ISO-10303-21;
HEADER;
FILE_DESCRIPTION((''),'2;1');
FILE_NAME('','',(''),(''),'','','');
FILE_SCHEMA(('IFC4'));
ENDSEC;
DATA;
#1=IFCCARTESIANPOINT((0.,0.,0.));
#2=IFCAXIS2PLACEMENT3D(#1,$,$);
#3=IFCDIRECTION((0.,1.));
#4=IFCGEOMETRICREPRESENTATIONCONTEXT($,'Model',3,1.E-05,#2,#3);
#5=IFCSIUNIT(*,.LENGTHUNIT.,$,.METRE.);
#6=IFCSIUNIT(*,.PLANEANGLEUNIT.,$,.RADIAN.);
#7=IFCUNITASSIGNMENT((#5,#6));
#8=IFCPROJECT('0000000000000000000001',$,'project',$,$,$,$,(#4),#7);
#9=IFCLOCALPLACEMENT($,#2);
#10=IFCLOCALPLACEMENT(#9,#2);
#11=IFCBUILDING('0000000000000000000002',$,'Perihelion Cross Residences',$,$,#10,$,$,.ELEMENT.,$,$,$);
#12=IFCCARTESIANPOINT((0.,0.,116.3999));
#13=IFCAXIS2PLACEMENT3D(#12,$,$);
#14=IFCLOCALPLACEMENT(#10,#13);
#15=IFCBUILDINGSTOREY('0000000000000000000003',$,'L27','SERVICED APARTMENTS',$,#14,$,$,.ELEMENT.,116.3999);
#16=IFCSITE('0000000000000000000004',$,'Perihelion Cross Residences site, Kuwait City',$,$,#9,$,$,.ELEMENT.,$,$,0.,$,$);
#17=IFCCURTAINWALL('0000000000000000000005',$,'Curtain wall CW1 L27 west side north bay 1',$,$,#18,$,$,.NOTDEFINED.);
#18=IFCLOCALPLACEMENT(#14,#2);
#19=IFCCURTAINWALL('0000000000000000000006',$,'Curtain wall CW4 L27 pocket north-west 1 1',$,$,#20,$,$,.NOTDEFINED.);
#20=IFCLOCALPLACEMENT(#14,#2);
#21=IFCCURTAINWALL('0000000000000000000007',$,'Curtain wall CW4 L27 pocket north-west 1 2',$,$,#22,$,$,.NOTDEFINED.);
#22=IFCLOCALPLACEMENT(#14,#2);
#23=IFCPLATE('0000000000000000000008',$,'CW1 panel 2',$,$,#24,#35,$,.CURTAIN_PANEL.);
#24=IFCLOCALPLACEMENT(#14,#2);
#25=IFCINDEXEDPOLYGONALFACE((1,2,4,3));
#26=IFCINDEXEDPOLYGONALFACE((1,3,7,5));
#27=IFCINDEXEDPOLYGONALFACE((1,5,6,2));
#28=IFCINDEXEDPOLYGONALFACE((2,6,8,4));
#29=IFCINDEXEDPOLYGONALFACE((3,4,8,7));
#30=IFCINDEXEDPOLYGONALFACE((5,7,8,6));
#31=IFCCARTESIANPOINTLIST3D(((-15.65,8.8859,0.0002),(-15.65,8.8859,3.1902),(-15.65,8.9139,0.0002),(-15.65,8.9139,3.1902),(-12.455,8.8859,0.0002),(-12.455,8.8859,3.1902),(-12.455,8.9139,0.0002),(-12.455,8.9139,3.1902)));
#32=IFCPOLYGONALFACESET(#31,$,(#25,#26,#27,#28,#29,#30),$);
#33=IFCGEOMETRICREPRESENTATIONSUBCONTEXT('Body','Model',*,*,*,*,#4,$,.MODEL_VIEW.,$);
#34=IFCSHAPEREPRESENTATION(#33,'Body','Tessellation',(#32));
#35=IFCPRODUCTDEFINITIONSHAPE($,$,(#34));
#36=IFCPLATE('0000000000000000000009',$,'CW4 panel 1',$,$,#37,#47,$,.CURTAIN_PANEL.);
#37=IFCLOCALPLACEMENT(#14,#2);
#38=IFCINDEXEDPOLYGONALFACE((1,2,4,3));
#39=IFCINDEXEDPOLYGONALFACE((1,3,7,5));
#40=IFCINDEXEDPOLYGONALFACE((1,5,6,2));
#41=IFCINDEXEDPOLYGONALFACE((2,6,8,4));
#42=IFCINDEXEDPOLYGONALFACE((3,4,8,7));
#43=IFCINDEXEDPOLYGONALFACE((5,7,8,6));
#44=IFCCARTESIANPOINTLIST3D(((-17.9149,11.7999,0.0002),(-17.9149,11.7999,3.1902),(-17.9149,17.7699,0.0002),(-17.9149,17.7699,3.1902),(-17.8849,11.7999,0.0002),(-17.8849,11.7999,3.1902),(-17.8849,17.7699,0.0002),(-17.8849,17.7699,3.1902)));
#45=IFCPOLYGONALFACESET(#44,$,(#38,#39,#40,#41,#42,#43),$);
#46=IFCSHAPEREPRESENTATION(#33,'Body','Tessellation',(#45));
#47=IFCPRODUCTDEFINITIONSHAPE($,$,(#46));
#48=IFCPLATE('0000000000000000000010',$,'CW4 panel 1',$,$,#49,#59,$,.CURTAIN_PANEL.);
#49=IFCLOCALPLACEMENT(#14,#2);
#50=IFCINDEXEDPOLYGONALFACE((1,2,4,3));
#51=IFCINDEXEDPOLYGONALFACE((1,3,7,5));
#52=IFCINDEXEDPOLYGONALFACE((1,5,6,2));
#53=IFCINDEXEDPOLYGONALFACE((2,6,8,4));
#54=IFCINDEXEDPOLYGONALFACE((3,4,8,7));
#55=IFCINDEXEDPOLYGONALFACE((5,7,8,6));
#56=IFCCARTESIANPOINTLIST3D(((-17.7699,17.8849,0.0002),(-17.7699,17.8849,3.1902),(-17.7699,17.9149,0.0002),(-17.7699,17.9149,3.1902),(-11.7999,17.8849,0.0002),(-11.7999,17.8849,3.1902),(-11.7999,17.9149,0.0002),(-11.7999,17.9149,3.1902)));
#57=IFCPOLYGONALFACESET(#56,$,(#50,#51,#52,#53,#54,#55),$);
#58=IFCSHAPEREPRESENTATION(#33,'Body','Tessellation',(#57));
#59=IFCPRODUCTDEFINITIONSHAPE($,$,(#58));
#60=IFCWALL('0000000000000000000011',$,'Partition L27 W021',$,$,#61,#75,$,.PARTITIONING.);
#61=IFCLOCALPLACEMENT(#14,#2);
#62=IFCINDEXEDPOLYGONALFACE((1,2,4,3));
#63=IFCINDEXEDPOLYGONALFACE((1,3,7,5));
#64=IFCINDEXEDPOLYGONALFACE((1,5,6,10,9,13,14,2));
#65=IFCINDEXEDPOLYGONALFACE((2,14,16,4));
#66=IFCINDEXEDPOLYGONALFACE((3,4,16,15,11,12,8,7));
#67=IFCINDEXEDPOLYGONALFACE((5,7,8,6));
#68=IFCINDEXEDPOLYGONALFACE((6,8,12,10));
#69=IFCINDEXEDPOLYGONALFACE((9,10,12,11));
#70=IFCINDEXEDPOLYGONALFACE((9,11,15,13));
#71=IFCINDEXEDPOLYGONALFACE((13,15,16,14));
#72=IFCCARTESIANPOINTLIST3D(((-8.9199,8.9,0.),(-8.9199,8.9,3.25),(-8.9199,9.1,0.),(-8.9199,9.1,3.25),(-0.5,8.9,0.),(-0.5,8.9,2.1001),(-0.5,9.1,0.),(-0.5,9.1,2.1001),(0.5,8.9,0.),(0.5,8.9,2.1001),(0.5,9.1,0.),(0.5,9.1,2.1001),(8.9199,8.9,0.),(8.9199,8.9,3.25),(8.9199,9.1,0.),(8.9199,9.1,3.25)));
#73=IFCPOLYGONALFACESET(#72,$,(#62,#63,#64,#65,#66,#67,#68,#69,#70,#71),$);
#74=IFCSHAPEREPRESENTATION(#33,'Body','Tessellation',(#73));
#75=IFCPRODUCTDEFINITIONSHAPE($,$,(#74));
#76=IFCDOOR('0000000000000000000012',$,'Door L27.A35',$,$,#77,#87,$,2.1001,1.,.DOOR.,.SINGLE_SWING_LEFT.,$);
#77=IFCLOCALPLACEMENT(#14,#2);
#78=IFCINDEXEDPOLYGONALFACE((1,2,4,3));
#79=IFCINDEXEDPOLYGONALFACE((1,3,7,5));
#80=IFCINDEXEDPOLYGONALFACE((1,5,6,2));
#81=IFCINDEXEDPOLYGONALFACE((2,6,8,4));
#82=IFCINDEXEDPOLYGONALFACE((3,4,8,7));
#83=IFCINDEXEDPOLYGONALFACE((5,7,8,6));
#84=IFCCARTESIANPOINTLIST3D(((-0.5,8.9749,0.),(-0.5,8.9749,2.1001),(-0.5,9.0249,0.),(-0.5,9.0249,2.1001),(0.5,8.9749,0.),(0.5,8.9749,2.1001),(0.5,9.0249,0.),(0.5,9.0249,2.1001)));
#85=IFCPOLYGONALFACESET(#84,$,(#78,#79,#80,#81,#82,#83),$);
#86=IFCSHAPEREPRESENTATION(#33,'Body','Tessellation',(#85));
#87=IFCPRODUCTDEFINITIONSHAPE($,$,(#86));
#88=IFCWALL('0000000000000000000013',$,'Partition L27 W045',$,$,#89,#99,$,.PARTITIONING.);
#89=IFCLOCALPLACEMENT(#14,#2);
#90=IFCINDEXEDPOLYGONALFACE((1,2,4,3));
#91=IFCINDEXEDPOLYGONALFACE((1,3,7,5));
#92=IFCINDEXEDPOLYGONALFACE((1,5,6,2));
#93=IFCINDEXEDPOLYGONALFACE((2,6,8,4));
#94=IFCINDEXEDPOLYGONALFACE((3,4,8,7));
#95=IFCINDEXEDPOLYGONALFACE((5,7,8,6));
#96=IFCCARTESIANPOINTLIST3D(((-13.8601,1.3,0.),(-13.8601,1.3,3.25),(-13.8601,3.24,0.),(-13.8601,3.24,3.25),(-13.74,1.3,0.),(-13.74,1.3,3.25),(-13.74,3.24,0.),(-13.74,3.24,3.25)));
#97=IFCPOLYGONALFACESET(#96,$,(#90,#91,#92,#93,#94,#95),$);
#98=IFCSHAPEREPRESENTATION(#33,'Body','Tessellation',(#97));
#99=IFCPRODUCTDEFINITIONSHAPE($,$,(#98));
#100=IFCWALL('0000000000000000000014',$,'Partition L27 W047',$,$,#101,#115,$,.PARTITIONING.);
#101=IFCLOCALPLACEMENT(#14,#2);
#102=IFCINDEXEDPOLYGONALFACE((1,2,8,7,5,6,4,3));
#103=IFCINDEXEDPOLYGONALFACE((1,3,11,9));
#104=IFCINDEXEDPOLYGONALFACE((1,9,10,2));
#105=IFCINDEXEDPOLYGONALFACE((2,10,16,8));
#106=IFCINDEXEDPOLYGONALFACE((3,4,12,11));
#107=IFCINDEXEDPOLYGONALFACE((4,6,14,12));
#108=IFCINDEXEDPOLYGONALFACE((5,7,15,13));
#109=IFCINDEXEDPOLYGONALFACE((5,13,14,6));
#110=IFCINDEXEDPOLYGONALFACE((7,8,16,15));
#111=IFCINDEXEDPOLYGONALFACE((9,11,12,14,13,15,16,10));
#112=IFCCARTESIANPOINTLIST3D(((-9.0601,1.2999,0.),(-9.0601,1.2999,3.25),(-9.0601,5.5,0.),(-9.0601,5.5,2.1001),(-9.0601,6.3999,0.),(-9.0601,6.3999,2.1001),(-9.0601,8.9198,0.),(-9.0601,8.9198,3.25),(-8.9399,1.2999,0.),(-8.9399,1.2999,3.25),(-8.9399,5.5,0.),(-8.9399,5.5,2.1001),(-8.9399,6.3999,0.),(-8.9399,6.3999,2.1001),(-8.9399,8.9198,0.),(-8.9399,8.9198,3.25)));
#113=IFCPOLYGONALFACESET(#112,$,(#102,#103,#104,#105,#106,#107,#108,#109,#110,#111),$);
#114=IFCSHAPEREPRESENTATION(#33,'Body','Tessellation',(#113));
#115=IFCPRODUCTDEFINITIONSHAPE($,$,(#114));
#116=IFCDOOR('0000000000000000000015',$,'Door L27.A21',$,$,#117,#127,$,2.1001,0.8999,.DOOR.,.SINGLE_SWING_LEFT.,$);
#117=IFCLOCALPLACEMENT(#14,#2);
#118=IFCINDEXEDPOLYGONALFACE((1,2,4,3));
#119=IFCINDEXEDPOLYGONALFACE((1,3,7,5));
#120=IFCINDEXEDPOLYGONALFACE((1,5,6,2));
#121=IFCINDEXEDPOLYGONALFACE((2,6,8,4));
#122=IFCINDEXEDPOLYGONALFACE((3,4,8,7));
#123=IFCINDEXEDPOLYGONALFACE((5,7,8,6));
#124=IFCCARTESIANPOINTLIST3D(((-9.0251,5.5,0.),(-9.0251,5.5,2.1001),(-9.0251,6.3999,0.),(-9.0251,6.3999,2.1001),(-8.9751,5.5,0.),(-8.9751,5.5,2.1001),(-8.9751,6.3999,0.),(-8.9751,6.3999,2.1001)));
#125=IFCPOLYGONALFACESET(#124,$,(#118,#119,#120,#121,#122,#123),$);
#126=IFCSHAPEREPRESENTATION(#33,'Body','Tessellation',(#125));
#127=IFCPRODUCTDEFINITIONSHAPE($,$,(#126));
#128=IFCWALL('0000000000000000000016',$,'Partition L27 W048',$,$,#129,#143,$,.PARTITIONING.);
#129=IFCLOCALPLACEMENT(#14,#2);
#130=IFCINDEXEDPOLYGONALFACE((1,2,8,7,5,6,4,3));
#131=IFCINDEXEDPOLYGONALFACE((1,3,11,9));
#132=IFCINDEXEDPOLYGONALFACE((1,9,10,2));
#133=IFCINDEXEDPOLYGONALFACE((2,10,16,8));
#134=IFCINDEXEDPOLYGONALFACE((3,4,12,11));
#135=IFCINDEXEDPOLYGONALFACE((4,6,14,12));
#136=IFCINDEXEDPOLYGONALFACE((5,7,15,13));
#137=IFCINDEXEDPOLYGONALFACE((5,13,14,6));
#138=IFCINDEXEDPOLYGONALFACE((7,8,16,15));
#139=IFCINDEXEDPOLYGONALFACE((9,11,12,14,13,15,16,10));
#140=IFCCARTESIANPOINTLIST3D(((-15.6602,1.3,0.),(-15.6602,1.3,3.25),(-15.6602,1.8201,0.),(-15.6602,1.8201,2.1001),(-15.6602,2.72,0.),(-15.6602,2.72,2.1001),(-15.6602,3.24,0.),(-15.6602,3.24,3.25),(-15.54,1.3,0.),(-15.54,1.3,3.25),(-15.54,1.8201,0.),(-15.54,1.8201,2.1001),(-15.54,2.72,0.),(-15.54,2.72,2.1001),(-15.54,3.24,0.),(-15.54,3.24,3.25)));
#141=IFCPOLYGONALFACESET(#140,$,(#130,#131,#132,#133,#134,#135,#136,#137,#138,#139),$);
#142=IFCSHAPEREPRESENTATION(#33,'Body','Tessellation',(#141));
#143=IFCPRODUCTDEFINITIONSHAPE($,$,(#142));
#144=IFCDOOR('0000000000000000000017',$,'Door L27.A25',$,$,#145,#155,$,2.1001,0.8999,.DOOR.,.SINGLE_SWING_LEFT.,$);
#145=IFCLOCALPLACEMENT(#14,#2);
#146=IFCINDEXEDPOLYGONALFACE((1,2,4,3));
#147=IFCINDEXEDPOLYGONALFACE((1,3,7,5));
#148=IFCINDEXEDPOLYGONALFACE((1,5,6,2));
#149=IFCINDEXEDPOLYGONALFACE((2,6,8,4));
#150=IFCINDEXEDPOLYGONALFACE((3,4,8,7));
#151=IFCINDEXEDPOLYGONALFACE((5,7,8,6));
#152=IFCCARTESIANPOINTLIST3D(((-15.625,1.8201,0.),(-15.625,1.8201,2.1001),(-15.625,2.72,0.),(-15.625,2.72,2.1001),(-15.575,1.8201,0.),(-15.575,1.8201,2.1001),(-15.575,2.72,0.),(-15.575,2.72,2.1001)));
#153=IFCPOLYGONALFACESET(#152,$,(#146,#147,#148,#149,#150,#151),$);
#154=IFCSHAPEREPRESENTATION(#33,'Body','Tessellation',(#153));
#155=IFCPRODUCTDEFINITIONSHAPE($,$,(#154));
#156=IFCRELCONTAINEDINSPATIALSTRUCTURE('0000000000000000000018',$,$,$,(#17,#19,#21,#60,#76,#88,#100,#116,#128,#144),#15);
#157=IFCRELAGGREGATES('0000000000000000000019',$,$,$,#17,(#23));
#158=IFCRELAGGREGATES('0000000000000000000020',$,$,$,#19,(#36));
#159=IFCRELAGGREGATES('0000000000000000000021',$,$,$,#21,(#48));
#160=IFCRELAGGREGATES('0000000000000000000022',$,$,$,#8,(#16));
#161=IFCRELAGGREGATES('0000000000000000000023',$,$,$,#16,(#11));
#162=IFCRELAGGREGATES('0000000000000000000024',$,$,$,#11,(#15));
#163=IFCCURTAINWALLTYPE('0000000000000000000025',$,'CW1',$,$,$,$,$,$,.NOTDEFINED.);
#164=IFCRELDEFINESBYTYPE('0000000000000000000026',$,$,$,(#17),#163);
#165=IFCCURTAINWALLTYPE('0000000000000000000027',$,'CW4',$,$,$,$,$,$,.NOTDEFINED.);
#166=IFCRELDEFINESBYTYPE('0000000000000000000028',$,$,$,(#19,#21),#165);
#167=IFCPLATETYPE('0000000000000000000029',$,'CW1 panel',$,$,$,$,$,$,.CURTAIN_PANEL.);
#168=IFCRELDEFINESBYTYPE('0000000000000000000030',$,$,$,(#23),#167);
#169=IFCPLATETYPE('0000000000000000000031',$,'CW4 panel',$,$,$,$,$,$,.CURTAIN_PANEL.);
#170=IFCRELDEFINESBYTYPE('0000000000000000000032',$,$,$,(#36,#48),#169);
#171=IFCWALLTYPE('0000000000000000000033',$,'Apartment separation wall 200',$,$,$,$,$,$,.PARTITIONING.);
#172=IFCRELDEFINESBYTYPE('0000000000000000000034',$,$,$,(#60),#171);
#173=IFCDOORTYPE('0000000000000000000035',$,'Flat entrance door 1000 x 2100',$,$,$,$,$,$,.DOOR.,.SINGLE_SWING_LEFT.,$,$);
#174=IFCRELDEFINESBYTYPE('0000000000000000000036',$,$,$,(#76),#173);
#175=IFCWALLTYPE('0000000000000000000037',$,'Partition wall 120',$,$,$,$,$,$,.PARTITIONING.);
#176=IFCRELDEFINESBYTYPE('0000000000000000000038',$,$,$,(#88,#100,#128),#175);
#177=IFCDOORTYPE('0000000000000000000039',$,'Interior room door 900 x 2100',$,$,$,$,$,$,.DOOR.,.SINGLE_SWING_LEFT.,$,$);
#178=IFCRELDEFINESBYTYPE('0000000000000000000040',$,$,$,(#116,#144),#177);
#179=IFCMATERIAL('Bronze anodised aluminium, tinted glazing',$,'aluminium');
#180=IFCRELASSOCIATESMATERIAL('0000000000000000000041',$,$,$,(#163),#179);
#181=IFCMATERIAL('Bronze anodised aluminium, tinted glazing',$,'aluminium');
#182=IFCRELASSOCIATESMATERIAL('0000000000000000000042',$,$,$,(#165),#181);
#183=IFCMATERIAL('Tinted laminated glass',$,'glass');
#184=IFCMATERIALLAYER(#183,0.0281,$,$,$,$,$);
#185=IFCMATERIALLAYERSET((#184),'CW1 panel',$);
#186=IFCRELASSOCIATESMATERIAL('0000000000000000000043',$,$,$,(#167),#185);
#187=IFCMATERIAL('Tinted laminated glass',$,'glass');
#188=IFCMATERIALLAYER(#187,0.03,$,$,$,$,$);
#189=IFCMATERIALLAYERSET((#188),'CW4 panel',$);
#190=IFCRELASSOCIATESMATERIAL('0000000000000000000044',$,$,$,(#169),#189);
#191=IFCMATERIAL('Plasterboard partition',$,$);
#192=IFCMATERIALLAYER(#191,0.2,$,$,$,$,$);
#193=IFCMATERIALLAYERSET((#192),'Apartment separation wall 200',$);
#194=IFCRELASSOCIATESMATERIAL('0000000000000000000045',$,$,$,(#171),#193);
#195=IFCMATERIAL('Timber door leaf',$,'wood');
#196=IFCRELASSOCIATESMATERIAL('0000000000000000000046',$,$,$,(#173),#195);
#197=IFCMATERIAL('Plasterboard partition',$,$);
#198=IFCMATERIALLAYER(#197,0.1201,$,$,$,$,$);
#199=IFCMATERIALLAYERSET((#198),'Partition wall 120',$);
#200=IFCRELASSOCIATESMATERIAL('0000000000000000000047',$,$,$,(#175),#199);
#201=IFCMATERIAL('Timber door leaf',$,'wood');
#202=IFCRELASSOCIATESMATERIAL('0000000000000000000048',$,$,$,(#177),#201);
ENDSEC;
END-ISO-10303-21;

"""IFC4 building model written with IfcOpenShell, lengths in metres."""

from ifc_helpers import new_model, si_unit, direction, frame, frame_2d, origin, origin_2d, place, context, subcontext, project, spatial, rectangle, extrude, material, layer, layer_set, type_object, element, fill, aggregate, save


model = new_model("IFC4")

# Units and contexts
model_context = context("Model", 3, precision=1e-05, world=origin(), true_north=direction((0.0, 1.0)))
body_context = subcontext(model_context, "Body", "Model", "MODEL_VIEW")
ifc_project = project(units=[si_unit("LENGTHUNIT", "METRE"), si_unit("PLANEANGLEUNIT", "RADIAN")], contexts=[model_context])

# Site, building, storey
site_placement = place(None, origin())
site = spatial("IfcSite", under=ifc_project, at=site_placement, Name="Perihelion Cross Residences site, Kuwait City", CompositionType="ELEMENT", RefElevation=0.0)
building_placement = place(site_placement, origin())
building = spatial("IfcBuilding", under=site, at=building_placement, Name="Perihelion Cross Residences", CompositionType="ELEMENT")
storey_placement = place(building_placement, frame((0.0, 0.0, 116.3999)))
storey = spatial("IfcBuildingStorey", under=building, at=storey_placement, Name="L27", Description="SERVICED APARTMENTS", CompositionType="ELEMENT", Elevation=116.3999)

# Curtain walls
ifc_material_1 = material(Name="Bronze anodised aluminium, tinted glazing", Category="aluminium")
curtain_wall_type_1 = type_object("IfcCurtainWallType", Name="CW1", PredefinedType="NOTDEFINED", material=ifc_material_1)
curtain_wall_1_placement = place(storey_placement, origin())
curtain_wall_1 = element("IfcCurtainWall", 1, at=curtain_wall_1_placement, inside=storey, type_object=curtain_wall_type_1, Name="Curtain wall CW1 L27 west side north bay 1", PredefinedType="NOTDEFINED")
ifc_material_2 = material(Name="Bronze anodised aluminium, tinted glazing", Category="aluminium")
curtain_wall_type_2 = type_object("IfcCurtainWallType", Name="CW4", PredefinedType="NOTDEFINED", material=ifc_material_2)
curtain_wall_2_placement = place(storey_placement, origin())
curtain_wall_2 = element("IfcCurtainWall", 2, at=curtain_wall_2_placement, inside=storey, type_object=curtain_wall_type_2, Name="Curtain wall CW4 L27 pocket north-west 1 1", PredefinedType="NOTDEFINED")
curtain_wall_3_placement = place(storey_placement, origin())
curtain_wall_3 = element("IfcCurtainWall", 3, at=curtain_wall_3_placement, inside=storey, type_object=curtain_wall_type_2, Name="Curtain wall CW4 L27 pocket north-west 1 2", PredefinedType="NOTDEFINED")

# Plates
ifc_material_3 = material(Name="Tinted laminated glass", Category="glass")
ifc_layer_1 = layer(ifc_material_3, 0.0281)
ifc_layer_set_1 = layer_set([ifc_layer_1], Name="CW1 panel")
plate_type_1 = type_object("IfcPlateType", Name="CW1 panel", PredefinedType="CURTAIN_PANEL", material=ifc_layer_set_1)
plate_1_placement = place(storey_placement, frame((-14.0525, 8.8999, 0.0002), z_axis=(0.0, 0.0, 1.0), x_axis=(-1.0, 0.0, 0.0)))
plate_1 = element("IfcPlate", 4, at=plate_1_placement, type_object=plate_type_1, Name="CW1 panel 2", PredefinedType="CURTAIN_PANEL", context=body_context, shape_type="SweptSolid", body=[
    extrude(rectangle(XDim=3.1951, YDim=0.0281, at=origin_2d()), origin(), (0.0, 0.0, 1.0), 3.1899),
])
aggregate(curtain_wall_1, [plate_1])
ifc_material_4 = material(Name="Tinted laminated glass", Category="glass")
ifc_layer_2 = layer(ifc_material_4, 0.03)
ifc_layer_set_2 = layer_set([ifc_layer_2], Name="CW4 panel")
plate_type_2 = type_object("IfcPlateType", Name="CW4 panel", PredefinedType="CURTAIN_PANEL", material=ifc_layer_set_2)
plate_2_placement = place(storey_placement, frame((-17.8999, 14.7849, 0.0002), z_axis=(0.0, 0.0, 1.0), x_axis=(0.0, 1.0, 0.0)))
plate_2 = element("IfcPlate", 5, at=plate_2_placement, type_object=plate_type_2, Name="CW4 panel 1", PredefinedType="CURTAIN_PANEL", context=body_context, shape_type="SweptSolid", body=[
    extrude(rectangle(XDim=5.97, YDim=0.03, at=origin_2d()), origin(), (0.0, 0.0, 1.0), 3.1899),
])
aggregate(curtain_wall_2, [plate_2])
plate_3_placement = place(storey_placement, frame((-14.7849, 17.8999, 0.0002), z_axis=(0.0, 0.0, 1.0), x_axis=(1.0, 0.0, 0.0)))
plate_3 = element("IfcPlate", 6, at=plate_3_placement, type_object=plate_type_2, Name="CW4 panel 1", PredefinedType="CURTAIN_PANEL", context=body_context, shape_type="SweptSolid", body=[
    extrude(rectangle(XDim=5.97, YDim=0.03, at=origin_2d()), origin(), (0.0, 0.0, 1.0), 3.1899),
])
aggregate(curtain_wall_3, [plate_3])

# Wall, opening, door
ifc_material_5 = material(Name="Plasterboard partition")
ifc_layer_3 = layer(ifc_material_5, 0.2)
ifc_layer_set_3 = layer_set([ifc_layer_3], Name="Apartment separation wall 200")
wall_type_1 = type_object("IfcWallType", Name="Apartment separation wall 200", PredefinedType="PARTITIONING", material=ifc_layer_set_3)
wall_1_placement = place(storey_placement, frame((-8.9199, 9.0, 0.0), z_axis=(0.0, 0.0, 1.0), x_axis=(1.0, 0.0, 0.0)))
wall_1 = element("IfcWall", 7, at=wall_1_placement, inside=storey, type_object=wall_type_1, Name="Partition L27 W021", PredefinedType="PARTITIONING", context=body_context, shape_type="SweptSolid", body=[
    extrude(rectangle(XDim=17.8398, YDim=0.2, at=frame_2d((8.9199, 0.0))), origin(), (0.0, 0.0, 1.0), 3.25),
])
opening_1_placement = place(wall_1_placement, frame((8.4199, 0.0, 0.0)))
opening_1 = element("IfcOpeningElement", 8, at=opening_1_placement, cuts=wall_1, PredefinedType="OPENING", context=body_context, shape_type="SweptSolid", body=[
    extrude(rectangle(XDim=1.0, YDim=2.1001, at=frame_2d((0.5, 1.05))), frame((0.0, 0.1099, 0.0), z_axis=(0.0, -1.0, 0.0), x_axis=(1.0, 0.0, 0.0)), (0.0, 0.0, 1.0), 0.22),
])
ifc_material_6 = material(Name="Timber door leaf", Category="wood")
door_type_1 = type_object("IfcDoorType", Name="Flat entrance door 1000 x 2100", OperationType="SINGLE_SWING_LEFT", PredefinedType="DOOR", material=ifc_material_6)
door_1_placement = place(opening_1_placement, origin())
door_1 = element("IfcDoor", 9, at=door_1_placement, inside=storey, type_object=door_type_1, Name="Door L27.A35", OperationType="SINGLE_SWING_LEFT", OverallHeight=2.1001, OverallWidth=1.0, PredefinedType="DOOR", context=body_context, shape_type="SweptSolid", body=[
    extrude(rectangle(XDim=1.0, YDim=2.1001, at=frame_2d((0.5, 1.05))), frame((0.0, 0.0249, 0.0), z_axis=(0.0, -1.0, 0.0), x_axis=(1.0, 0.0, 0.0)), (0.0, 0.0, 1.0), 0.05),
])
fill(opening_1, door_1)

# Wall
ifc_material_7 = material(Name="Plasterboard partition")
ifc_layer_4 = layer(ifc_material_7, 0.1201)
ifc_layer_set_4 = layer_set([ifc_layer_4], Name="Partition wall 120")
wall_type_2 = type_object("IfcWallType", Name="Partition wall 120", PredefinedType="PARTITIONING", material=ifc_layer_set_4)
wall_2_placement = place(storey_placement, frame((-13.8, 1.3, 0.0), z_axis=(0.0, 0.0, 1.0), x_axis=(0.0, 1.0, 0.0)))
element("IfcWall", 10, at=wall_2_placement, inside=storey, type_object=wall_type_2, Name="Partition L27 W045", PredefinedType="PARTITIONING", context=body_context, shape_type="SweptSolid", body=[
    extrude(rectangle(XDim=1.9399, YDim=0.1201, at=frame_2d((0.97, 0.0))), origin(), (0.0, 0.0, 1.0), 3.25),
])

# Walls, openings, doors
wall_3_placement = place(storey_placement, frame((-9.0, 8.9199, 0.0), z_axis=(0.0, 0.0, 1.0), x_axis=(0.0, -1.0, 0.0)))
wall_3 = element("IfcWall", 11, at=wall_3_placement, inside=storey, type_object=wall_type_2, Name="Partition L27 W047", PredefinedType="PARTITIONING", context=body_context, shape_type="SweptSolid", body=[
    extrude(rectangle(XDim=7.6199, YDim=0.1201, at=frame_2d((3.8101, 0.0))), origin(), (0.0, 0.0, 1.0), 3.25),
])
opening_2_placement = place(wall_3_placement, frame((2.52, 0.0, 0.0)))
opening_2 = element("IfcOpeningElement", 12, at=opening_2_placement, cuts=wall_3, PredefinedType="OPENING", context=body_context, shape_type="SweptSolid", body=[
    extrude(rectangle(XDim=0.8999, YDim=2.1001, at=frame_2d((0.45, 1.05))), frame((0.0, 0.0701, 0.0), z_axis=(0.0, -1.0, 0.0), x_axis=(1.0, 0.0, 0.0)), (0.0, 0.0, 1.0), 0.1401),
])
ifc_material_8 = material(Name="Timber door leaf", Category="wood")
door_type_2 = type_object("IfcDoorType", Name="Interior room door 900 x 2100", OperationType="SINGLE_SWING_LEFT", PredefinedType="DOOR", material=ifc_material_8)
door_2_placement = place(opening_2_placement, origin())
door_2 = element("IfcDoor", 13, at=door_2_placement, inside=storey, type_object=door_type_2, Name="Door L27.A21", OperationType="SINGLE_SWING_LEFT", OverallHeight=2.1001, OverallWidth=0.8999, PredefinedType="DOOR", context=body_context, shape_type="SweptSolid", body=[
    extrude(rectangle(XDim=0.8999, YDim=2.1001, at=frame_2d((0.45, 1.05))), frame((0.0, 0.0249, 0.0), z_axis=(0.0, -1.0, 0.0), x_axis=(1.0, 0.0, 0.0)), (0.0, 0.0, 1.0), 0.05),
])
fill(opening_2, door_2)
wall_4_placement = place(storey_placement, frame((-15.6001, 1.3, 0.0), z_axis=(0.0, 0.0, 1.0), x_axis=(0.0, 1.0, 0.0)))
wall_4 = element("IfcWall", 14, at=wall_4_placement, inside=storey, type_object=wall_type_2, Name="Partition L27 W048", PredefinedType="PARTITIONING", context=body_context, shape_type="SweptSolid", body=[
    extrude(rectangle(XDim=1.9399, YDim=0.1201, at=frame_2d((0.97, 0.0))), origin(), (0.0, 0.0, 1.0), 3.25),
])
opening_3_placement = place(wall_4_placement, frame((0.52, 0.0, 0.0)))
opening_3 = element("IfcOpeningElement", 15, at=opening_3_placement, cuts=wall_4, PredefinedType="OPENING", context=body_context, shape_type="SweptSolid", body=[
    extrude(rectangle(XDim=0.8999, YDim=2.1001, at=frame_2d((0.45, 1.05))), frame((0.0, 0.0701, 0.0), z_axis=(0.0, -1.0, 0.0), x_axis=(1.0, 0.0, 0.0)), (0.0, 0.0, 1.0), 0.1401),
])
door_3_placement = place(opening_3_placement, origin())
door_3 = element("IfcDoor", 16, at=door_3_placement, inside=storey, type_object=door_type_2, Name="Door L27.A25", OperationType="SINGLE_SWING_LEFT", OverallHeight=2.1001, OverallWidth=0.8999, PredefinedType="DOOR", context=body_context, shape_type="SweptSolid", body=[
    extrude(rectangle(XDim=0.8999, YDim=2.1001, at=frame_2d((0.45, 1.05))), frame((0.0, 0.0249, 0.0), z_axis=(0.0, -1.0, 0.0), x_axis=(1.0, 0.0, 0.0)), (0.0, 0.0, 1.0), 0.05),
])
fill(opening_3, door_3)

save(model, "model.ifc")
